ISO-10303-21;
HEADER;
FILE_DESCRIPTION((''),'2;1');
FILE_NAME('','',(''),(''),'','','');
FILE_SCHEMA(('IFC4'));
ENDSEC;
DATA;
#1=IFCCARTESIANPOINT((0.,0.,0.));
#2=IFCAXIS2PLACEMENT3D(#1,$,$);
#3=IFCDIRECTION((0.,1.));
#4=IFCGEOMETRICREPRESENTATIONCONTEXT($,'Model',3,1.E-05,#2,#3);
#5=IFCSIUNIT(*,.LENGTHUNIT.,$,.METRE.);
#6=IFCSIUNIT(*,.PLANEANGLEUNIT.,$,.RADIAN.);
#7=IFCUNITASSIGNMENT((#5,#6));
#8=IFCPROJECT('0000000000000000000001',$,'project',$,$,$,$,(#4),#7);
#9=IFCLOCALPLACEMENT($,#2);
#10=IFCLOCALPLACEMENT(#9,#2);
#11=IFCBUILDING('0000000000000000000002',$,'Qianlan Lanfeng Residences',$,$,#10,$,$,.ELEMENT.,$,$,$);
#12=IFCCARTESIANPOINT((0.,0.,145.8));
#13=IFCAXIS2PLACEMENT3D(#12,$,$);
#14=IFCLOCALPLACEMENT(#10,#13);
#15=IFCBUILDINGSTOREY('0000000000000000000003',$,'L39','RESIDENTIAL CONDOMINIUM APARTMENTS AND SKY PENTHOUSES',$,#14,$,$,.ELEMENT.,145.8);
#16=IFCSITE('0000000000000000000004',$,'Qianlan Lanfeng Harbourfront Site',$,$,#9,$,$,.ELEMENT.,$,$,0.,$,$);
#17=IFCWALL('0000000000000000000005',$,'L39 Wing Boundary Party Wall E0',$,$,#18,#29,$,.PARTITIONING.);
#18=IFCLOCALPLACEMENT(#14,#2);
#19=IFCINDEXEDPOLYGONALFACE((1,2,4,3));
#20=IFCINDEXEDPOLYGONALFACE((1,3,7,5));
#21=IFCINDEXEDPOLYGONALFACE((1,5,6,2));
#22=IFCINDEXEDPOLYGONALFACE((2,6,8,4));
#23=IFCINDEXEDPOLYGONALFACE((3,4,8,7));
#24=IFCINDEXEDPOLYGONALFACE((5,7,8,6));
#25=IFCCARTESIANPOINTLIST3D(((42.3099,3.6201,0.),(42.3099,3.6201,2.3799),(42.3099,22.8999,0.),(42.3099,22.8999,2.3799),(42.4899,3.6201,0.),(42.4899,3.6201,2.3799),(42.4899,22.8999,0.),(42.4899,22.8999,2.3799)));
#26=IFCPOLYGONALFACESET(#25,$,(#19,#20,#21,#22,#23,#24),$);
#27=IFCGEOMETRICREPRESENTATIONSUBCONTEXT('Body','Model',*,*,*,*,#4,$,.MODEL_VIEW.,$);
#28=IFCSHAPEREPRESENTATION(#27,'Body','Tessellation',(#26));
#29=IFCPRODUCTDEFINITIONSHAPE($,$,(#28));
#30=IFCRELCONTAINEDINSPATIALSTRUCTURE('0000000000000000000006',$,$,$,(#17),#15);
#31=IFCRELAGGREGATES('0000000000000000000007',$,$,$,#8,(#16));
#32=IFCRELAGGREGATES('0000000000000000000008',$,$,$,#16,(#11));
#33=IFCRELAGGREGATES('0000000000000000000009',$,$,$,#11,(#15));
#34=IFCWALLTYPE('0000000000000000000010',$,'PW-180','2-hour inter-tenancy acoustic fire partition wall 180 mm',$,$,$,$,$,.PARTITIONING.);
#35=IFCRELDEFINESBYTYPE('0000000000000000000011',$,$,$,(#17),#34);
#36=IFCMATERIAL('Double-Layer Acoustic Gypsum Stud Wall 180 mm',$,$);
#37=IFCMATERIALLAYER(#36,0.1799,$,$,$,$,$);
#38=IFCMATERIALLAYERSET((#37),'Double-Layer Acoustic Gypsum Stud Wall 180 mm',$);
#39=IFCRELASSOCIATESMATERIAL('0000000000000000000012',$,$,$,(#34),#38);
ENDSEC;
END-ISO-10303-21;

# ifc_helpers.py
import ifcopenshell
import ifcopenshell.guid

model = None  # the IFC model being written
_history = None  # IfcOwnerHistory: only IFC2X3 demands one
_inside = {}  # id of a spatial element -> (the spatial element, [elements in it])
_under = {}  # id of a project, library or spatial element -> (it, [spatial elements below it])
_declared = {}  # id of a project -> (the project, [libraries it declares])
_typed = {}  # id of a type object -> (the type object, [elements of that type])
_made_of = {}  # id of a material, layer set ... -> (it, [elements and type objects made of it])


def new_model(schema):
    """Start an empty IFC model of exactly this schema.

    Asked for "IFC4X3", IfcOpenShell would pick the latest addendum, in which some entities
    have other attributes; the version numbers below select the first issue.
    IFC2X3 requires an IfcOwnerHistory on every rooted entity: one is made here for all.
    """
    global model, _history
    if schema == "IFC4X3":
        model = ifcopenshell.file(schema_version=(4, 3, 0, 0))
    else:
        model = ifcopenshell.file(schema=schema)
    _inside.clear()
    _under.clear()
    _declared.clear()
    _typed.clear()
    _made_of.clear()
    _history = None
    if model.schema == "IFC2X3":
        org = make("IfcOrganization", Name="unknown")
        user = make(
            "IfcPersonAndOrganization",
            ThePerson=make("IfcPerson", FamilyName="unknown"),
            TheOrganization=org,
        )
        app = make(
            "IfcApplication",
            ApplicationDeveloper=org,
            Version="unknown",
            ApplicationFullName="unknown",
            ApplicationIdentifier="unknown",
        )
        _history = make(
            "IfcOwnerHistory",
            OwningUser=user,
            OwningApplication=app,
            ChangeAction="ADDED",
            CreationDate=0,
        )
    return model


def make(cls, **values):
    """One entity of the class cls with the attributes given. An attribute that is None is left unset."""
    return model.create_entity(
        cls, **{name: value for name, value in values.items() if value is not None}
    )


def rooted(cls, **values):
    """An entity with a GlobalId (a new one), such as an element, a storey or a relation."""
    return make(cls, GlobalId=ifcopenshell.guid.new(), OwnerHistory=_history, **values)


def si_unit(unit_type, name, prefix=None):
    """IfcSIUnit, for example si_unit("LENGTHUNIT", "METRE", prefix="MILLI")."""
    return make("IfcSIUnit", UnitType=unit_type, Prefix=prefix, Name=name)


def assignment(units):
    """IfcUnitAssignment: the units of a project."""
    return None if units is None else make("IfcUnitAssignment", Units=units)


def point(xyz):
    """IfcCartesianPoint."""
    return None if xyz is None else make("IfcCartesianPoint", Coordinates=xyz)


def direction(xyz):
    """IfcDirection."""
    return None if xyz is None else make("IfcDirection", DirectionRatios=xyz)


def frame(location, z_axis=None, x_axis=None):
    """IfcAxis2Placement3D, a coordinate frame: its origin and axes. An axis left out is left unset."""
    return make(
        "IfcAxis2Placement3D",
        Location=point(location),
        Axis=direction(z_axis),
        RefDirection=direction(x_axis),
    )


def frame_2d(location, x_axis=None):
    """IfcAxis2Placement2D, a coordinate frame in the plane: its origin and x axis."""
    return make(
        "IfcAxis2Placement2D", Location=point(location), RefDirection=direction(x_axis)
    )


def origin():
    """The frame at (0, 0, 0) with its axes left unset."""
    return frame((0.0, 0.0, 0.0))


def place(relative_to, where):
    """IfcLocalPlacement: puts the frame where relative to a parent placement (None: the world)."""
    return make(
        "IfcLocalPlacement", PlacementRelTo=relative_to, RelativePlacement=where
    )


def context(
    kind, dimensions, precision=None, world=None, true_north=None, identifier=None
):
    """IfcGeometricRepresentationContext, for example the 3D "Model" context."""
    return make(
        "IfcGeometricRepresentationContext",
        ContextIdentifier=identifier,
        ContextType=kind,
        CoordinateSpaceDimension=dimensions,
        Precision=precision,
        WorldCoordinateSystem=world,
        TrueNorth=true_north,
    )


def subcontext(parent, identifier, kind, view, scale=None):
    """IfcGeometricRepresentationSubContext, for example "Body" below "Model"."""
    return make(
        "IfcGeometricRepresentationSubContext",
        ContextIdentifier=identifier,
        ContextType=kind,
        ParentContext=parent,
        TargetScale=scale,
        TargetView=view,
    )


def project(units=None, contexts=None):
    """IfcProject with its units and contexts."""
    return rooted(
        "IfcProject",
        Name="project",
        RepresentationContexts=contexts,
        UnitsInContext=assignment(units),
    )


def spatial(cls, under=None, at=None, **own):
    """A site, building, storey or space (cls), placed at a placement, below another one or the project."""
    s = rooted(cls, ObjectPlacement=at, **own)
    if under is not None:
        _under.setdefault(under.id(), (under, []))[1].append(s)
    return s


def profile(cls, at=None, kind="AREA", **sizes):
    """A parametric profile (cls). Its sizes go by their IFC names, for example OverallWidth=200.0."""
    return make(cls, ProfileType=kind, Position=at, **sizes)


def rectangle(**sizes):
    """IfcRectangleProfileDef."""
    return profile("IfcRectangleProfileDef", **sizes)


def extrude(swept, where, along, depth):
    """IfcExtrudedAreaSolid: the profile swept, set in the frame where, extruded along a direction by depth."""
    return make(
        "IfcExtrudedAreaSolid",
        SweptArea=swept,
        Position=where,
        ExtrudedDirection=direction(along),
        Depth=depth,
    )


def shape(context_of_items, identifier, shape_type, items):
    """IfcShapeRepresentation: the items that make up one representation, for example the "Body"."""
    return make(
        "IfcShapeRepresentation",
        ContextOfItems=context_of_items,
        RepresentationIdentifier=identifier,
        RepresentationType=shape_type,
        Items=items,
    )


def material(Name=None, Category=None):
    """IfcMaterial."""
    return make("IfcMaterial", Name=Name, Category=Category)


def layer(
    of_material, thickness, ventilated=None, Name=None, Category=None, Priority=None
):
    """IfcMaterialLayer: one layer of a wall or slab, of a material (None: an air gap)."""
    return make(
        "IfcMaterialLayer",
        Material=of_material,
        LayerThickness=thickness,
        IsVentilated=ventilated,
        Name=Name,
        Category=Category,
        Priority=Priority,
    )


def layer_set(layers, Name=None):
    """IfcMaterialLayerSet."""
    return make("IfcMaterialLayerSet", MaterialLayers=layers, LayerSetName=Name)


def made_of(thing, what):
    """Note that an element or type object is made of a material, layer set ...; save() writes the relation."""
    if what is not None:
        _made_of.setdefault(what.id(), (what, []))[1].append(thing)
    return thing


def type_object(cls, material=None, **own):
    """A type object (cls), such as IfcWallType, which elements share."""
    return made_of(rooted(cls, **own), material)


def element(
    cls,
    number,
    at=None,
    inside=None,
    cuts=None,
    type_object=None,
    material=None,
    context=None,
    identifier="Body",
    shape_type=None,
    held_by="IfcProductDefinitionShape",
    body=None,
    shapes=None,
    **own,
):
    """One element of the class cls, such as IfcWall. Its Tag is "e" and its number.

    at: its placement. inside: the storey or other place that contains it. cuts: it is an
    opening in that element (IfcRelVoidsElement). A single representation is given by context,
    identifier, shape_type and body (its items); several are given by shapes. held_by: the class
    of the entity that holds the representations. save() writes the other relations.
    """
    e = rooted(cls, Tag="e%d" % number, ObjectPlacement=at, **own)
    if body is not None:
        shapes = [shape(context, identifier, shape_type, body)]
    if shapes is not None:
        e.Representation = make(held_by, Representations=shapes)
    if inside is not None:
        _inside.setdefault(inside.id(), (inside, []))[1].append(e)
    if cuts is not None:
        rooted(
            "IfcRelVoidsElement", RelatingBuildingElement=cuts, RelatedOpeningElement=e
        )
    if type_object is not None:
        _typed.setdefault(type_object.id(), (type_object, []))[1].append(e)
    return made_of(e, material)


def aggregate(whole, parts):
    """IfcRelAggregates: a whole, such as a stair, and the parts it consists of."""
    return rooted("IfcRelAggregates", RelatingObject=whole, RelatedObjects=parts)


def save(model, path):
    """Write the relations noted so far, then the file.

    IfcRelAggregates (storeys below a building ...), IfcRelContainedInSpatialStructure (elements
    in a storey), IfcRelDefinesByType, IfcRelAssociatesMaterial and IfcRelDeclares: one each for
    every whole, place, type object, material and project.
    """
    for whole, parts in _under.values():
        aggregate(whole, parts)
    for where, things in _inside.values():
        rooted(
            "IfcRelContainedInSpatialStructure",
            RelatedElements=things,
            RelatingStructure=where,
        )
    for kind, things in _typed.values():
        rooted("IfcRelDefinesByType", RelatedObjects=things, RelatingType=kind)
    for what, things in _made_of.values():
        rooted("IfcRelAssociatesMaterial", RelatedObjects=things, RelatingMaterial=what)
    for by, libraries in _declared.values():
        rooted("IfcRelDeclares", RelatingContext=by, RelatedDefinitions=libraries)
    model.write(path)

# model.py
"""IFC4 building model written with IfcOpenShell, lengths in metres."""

from ifc_helpers import new_model, si_unit, direction, frame, frame_2d, origin, place, context, subcontext, project, spatial, rectangle, extrude, material, layer, layer_set, type_object, element, save


model = new_model("IFC4")

# Units and contexts
model_context = context("Model", 3, precision=1e-05, world=origin(), true_north=direction((0.0, 1.0)))
body_context = subcontext(model_context, "Body", "Model", "MODEL_VIEW")
ifc_project = project(units=[si_unit("LENGTHUNIT", "METRE"), si_unit("PLANEANGLEUNIT", "RADIAN")], contexts=[model_context])

# Site, building, storey
site_placement = place(None, origin())
site = spatial("IfcSite", under=ifc_project, at=site_placement, Name="Qianlan Lanfeng Harbourfront Site", CompositionType="ELEMENT", RefElevation=0.0)
building_placement = place(site_placement, origin())
building = spatial("IfcBuilding", under=site, at=building_placement, Name="Qianlan Lanfeng Residences", CompositionType="ELEMENT")
storey_placement = place(building_placement, frame((0.0, 0.0, 145.8)))
storey = spatial("IfcBuildingStorey", under=building, at=storey_placement, Name="L39", Description="RESIDENTIAL CONDOMINIUM APARTMENTS AND SKY PENTHOUSES", CompositionType="ELEMENT", Elevation=145.8)

# Wall
ifc_material_1 = material(Name="Double-Layer Acoustic Gypsum Stud Wall 180 mm")
ifc_layer_1 = layer(ifc_material_1, 0.1799)
ifc_layer_set_1 = layer_set([ifc_layer_1], Name="Double-Layer Acoustic Gypsum Stud Wall 180 mm")
wall_type_1 = type_object("IfcWallType", Name="PW-180", Description="2-hour inter-tenancy acoustic fire partition wall 180 mm", PredefinedType="PARTITIONING", material=ifc_layer_set_1)
wall_1_placement = place(storey_placement, frame((42.3999, 3.6201, 0.0), z_axis=(0.0, 0.0, 1.0), x_axis=(0.0, 1.0, 0.0)))
element("IfcWall", 1, at=wall_1_placement, inside=storey, type_object=wall_type_1, Name="L39 Wing Boundary Party Wall E0", PredefinedType="PARTITIONING", context=body_context, shape_type="SweptSolid", body=[
    extrude(rectangle(XDim=19.2798, YDim=0.1799, at=frame_2d((9.6399, 0.0))), origin(), (0.0, 0.0, 1.0), 2.3799),
])

save(model, "model.ifc")
